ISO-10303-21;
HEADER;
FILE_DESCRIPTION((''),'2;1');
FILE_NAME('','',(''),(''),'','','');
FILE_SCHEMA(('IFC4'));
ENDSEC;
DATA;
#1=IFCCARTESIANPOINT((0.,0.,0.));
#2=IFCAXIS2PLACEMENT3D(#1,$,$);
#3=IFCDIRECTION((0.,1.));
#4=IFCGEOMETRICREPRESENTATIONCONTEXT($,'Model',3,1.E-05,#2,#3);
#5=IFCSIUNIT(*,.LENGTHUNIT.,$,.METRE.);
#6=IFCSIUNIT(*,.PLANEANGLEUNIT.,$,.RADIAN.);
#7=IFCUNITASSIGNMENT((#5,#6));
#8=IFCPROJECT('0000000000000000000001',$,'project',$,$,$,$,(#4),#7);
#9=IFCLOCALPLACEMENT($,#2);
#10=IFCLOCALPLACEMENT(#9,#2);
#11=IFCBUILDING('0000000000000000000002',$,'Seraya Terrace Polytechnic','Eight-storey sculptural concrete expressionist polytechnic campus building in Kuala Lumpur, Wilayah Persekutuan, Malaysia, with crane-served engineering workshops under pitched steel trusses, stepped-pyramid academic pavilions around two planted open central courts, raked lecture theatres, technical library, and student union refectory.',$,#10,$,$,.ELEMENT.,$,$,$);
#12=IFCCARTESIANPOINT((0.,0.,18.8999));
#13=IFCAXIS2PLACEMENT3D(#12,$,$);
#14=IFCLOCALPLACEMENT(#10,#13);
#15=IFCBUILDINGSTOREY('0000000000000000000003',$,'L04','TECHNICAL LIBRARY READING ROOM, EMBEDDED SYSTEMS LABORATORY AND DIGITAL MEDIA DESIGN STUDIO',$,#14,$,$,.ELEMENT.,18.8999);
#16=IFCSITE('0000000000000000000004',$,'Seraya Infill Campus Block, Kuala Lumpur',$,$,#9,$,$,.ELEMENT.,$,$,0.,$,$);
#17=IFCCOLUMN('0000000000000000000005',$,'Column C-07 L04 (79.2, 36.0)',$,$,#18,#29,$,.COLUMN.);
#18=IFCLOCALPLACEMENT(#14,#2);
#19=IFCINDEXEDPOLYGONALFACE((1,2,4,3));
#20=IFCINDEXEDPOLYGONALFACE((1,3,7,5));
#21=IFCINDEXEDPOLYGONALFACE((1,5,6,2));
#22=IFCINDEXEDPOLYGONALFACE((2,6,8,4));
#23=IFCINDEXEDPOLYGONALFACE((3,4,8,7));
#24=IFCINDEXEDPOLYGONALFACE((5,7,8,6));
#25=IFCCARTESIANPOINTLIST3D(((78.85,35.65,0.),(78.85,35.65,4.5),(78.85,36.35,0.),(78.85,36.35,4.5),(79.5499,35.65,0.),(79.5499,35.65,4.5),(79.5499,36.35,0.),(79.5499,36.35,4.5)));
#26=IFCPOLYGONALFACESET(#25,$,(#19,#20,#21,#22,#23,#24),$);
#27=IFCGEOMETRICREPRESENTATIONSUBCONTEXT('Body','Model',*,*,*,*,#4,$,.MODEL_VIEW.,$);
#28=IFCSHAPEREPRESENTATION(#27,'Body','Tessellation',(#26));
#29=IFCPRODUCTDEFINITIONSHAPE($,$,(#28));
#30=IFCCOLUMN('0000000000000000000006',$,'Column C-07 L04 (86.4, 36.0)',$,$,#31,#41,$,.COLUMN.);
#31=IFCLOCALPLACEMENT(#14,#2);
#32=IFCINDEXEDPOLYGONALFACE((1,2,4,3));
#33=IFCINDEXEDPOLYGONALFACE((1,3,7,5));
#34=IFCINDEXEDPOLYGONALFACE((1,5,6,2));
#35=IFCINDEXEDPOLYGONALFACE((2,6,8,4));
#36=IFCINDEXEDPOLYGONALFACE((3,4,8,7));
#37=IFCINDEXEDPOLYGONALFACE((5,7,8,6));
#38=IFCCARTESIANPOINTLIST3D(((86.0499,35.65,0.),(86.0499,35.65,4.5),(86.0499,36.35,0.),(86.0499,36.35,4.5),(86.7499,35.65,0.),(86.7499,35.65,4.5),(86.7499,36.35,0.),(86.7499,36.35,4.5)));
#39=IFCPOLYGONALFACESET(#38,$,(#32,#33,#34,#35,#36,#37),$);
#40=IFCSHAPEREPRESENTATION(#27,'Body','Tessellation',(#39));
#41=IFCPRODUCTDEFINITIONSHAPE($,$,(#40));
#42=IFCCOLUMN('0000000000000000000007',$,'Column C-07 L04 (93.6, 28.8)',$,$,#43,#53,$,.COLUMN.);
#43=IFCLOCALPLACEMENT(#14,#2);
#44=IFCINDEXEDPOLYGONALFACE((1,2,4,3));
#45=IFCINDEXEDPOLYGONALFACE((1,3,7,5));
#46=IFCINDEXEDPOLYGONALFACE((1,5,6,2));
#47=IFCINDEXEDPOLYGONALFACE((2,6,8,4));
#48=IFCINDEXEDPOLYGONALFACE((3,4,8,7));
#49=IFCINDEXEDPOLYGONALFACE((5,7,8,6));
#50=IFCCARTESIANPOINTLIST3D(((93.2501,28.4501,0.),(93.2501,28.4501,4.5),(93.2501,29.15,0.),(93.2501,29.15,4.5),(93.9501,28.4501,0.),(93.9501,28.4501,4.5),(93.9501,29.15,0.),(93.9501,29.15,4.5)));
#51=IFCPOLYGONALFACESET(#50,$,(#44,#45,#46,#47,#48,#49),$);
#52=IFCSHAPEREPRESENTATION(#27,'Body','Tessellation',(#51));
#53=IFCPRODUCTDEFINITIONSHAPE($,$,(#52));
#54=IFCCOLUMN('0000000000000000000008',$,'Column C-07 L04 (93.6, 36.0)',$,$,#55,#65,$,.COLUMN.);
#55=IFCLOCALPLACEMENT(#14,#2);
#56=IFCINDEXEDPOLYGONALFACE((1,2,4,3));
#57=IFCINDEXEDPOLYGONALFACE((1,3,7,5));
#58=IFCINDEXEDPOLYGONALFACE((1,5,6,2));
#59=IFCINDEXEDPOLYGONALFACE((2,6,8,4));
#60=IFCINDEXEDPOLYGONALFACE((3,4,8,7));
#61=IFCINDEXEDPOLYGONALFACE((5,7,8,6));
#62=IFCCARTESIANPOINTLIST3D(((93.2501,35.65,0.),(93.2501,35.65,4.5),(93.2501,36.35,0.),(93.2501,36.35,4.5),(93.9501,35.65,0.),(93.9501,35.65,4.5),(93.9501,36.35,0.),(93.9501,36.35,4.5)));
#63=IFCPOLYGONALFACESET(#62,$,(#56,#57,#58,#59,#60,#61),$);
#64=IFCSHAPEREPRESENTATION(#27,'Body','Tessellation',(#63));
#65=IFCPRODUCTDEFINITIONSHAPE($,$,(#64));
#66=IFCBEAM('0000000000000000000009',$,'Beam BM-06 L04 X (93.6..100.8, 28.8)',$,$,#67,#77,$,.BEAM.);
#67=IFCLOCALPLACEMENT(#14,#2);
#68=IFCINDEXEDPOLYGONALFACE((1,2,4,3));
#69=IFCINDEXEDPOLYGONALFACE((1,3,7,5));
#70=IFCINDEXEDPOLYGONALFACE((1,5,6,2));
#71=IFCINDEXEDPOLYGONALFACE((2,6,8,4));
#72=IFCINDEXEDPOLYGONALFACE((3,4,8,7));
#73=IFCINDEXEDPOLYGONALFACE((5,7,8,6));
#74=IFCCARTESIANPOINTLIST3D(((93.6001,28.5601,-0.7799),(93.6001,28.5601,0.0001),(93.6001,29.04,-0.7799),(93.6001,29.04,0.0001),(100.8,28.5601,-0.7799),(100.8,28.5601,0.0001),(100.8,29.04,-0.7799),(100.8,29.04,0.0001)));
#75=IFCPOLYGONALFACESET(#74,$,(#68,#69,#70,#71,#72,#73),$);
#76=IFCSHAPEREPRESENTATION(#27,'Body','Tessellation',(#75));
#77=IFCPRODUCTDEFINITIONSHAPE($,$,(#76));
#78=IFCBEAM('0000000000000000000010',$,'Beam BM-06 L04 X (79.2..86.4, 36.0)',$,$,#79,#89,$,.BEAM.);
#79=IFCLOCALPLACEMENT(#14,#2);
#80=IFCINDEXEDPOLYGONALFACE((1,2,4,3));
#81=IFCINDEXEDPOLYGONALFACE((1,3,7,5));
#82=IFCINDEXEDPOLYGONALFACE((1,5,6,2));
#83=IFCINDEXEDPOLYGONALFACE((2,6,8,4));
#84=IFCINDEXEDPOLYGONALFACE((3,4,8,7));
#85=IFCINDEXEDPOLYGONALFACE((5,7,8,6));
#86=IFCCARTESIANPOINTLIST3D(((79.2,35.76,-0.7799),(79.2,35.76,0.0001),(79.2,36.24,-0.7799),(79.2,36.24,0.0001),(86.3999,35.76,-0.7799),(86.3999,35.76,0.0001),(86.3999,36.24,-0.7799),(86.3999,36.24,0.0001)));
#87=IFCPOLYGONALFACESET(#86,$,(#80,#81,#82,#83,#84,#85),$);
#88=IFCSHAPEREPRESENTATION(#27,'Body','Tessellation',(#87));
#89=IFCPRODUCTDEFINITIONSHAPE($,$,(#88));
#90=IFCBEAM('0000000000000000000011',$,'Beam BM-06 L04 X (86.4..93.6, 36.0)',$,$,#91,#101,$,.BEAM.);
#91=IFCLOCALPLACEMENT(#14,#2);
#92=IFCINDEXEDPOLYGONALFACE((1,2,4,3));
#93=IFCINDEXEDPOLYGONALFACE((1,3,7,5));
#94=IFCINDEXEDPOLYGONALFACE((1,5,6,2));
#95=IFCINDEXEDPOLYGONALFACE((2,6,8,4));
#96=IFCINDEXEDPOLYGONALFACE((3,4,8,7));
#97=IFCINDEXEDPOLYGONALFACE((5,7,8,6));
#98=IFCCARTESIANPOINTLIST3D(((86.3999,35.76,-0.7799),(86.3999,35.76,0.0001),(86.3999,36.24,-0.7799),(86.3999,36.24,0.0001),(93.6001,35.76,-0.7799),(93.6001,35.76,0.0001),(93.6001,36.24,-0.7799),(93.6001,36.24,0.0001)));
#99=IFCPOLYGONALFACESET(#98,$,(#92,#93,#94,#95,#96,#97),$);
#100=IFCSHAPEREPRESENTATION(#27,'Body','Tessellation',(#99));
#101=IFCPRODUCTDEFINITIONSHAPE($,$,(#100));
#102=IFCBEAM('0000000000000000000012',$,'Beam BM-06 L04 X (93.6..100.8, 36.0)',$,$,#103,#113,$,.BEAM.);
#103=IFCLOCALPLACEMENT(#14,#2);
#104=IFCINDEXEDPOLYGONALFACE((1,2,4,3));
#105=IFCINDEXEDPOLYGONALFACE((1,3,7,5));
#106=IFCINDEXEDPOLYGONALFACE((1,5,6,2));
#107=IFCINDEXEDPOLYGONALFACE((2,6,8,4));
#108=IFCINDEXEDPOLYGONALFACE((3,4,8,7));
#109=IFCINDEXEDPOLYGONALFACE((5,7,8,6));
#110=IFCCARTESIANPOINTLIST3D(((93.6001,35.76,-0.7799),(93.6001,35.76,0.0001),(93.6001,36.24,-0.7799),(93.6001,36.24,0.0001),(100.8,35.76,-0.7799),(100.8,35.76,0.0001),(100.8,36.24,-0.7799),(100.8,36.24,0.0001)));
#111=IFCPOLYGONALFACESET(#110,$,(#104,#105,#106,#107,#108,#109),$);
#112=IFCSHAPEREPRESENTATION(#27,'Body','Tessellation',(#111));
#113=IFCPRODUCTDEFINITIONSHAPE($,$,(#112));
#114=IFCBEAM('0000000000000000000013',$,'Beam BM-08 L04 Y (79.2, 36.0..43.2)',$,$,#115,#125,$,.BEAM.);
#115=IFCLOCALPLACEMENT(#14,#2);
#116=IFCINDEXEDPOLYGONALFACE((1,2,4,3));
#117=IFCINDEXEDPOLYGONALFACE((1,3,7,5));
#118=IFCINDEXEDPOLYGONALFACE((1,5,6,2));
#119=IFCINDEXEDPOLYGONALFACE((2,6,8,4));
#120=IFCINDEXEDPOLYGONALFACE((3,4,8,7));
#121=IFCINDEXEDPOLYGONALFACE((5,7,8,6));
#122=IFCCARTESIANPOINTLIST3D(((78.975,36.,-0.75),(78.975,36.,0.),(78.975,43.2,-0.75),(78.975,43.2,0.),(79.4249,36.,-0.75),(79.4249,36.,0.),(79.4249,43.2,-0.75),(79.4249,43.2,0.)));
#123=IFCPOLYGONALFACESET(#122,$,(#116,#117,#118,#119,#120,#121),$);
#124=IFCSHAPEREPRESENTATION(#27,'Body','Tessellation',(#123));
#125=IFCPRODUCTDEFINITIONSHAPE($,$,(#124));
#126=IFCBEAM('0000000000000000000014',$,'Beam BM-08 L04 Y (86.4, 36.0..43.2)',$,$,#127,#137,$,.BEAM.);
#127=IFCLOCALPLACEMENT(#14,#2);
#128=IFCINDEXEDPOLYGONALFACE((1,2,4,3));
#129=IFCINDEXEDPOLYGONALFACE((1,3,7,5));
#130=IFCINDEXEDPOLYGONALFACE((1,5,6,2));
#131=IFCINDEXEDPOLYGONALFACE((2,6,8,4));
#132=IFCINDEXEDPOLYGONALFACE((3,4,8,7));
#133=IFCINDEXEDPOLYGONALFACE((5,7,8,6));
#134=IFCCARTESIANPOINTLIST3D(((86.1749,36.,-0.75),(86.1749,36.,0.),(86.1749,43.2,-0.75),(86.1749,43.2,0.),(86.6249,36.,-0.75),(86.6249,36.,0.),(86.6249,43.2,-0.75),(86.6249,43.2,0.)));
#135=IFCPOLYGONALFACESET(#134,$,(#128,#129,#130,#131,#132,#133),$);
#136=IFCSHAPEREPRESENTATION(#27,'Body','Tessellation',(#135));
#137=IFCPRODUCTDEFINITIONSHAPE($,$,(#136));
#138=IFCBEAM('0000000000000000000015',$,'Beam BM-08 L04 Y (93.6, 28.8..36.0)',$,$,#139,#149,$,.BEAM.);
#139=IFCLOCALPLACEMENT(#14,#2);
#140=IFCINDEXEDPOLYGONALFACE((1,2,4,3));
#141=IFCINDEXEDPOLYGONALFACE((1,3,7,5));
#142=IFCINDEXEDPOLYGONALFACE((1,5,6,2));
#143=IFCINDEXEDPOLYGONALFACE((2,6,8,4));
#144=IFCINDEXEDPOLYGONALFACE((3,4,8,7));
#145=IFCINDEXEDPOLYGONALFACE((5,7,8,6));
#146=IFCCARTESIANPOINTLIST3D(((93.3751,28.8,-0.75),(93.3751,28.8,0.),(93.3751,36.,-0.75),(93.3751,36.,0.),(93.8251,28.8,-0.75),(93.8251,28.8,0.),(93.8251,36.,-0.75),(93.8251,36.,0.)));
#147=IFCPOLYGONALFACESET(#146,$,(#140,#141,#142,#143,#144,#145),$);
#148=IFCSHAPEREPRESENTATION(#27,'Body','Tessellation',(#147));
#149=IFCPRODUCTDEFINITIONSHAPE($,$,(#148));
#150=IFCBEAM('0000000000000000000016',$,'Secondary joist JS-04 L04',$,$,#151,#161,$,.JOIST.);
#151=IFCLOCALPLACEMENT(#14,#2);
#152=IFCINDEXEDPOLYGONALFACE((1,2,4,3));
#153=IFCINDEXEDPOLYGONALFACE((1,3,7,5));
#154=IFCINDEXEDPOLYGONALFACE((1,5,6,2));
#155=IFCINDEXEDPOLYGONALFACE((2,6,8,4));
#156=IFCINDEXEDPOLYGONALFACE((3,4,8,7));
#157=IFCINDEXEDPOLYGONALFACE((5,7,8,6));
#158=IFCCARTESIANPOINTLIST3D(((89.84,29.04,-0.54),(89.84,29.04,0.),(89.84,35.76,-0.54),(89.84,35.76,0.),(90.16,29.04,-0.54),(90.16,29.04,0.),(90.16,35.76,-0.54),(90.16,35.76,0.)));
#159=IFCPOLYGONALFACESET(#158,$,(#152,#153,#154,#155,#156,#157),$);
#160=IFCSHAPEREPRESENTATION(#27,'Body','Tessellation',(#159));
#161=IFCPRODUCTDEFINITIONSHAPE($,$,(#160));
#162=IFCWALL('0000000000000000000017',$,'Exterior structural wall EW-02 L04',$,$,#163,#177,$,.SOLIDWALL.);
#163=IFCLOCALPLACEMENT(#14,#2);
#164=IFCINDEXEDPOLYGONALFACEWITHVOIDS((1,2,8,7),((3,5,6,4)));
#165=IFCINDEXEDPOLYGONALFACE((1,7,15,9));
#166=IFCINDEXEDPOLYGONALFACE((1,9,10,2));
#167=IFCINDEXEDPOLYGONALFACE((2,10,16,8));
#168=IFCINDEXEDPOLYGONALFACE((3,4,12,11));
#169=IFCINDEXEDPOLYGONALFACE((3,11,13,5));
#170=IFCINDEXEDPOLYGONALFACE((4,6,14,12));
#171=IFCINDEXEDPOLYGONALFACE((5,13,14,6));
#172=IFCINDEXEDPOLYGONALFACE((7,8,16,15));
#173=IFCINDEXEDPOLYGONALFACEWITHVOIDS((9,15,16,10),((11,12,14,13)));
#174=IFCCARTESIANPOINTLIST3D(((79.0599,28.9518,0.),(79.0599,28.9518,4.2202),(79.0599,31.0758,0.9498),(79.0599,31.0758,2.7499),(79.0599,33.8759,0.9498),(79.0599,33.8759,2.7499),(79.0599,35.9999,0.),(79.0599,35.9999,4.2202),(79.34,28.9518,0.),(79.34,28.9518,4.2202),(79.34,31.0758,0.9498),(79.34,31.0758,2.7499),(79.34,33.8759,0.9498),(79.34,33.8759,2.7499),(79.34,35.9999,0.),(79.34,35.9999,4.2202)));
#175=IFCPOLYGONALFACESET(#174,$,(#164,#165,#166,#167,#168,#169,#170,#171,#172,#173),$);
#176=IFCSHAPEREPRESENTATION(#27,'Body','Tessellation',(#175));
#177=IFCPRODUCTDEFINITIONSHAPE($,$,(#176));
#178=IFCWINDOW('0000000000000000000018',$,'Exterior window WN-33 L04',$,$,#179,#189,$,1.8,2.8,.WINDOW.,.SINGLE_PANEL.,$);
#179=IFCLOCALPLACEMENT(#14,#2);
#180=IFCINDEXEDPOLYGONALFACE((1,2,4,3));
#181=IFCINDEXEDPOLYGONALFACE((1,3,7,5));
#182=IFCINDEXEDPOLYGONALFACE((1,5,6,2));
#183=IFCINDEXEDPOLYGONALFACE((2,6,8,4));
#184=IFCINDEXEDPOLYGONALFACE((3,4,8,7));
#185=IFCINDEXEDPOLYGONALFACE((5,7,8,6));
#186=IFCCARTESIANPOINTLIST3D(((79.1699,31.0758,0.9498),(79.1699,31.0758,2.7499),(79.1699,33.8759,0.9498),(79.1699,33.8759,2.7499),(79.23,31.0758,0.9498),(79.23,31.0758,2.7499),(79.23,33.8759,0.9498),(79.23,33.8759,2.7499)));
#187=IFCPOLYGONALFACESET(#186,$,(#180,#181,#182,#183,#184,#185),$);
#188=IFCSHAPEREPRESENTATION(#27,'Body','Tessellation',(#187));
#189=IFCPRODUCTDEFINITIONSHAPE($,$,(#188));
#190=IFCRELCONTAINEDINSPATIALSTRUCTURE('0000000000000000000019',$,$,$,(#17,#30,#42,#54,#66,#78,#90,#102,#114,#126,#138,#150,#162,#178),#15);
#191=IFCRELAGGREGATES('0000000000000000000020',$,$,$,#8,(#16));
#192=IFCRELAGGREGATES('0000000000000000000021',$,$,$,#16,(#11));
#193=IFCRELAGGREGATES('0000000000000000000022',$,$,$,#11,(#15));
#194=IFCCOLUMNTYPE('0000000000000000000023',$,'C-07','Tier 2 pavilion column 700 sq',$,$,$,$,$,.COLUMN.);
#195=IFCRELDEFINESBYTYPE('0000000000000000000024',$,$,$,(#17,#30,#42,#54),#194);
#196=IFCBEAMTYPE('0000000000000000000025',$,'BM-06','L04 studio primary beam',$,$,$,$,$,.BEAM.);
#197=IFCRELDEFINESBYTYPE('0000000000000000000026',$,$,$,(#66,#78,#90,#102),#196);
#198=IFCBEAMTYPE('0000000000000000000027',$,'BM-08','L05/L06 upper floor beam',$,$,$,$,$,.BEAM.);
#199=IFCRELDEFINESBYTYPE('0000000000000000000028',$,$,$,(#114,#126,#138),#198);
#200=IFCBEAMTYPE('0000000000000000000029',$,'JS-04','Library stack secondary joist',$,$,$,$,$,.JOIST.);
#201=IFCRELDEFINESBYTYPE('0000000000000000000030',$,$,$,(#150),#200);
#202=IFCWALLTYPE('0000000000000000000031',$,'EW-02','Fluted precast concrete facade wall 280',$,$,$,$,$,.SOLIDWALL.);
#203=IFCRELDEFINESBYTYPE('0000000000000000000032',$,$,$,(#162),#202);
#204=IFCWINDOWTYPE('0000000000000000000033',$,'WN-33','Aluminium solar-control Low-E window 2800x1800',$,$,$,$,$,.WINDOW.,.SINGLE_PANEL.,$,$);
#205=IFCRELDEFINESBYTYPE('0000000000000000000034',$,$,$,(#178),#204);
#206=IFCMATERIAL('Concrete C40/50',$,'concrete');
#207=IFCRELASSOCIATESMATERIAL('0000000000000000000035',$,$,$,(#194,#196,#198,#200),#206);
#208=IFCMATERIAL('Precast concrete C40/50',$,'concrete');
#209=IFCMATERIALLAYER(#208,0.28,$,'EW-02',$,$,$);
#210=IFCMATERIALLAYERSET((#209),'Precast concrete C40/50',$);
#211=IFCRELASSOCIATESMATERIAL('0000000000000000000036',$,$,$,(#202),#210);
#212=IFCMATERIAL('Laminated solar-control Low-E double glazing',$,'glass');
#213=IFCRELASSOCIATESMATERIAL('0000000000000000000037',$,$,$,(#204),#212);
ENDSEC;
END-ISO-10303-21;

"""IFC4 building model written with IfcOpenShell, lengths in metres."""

from ifc_helpers import new_model, si_unit, direction, frame, frame_2d, origin, origin_2d, place, context, subcontext, project, spatial, rectangle, extrude, material, layer, layer_set, material_profile, profile_set, type_object, element, fill, save


model = new_model("IFC4")

# Units and contexts
model_context = context("Model", 3, precision=1e-05, world=origin(), true_north=direction((0.0, 1.0)))
body_context = subcontext(model_context, "Body", "Model", "MODEL_VIEW")
ifc_project = project(units=[si_unit("LENGTHUNIT", "METRE"), si_unit("PLANEANGLEUNIT", "RADIAN")], contexts=[model_context])

# Site, building, storey
site_placement = place(None, origin())
site = spatial("IfcSite", under=ifc_project, at=site_placement, Name="Seraya Infill Campus Block, Kuala Lumpur", CompositionType="ELEMENT", RefElevation=0.0)
building_placement = place(site_placement, origin())
building = spatial("IfcBuilding", under=site, at=building_placement, Name="Seraya Terrace Polytechnic", Description="Eight-storey sculptural concrete expressionist polytechnic campus building in Kuala Lumpur, Wilayah Persekutuan, Malaysia, with crane-served engineering workshops under pitched steel trusses, stepped-pyramid academic pavilions around two planted open central courts, raked lecture theatres, technical library, and student union refectory.", CompositionType="ELEMENT")
storey_placement = place(building_placement, frame((0.0, 0.0, 18.8999)))
storey = spatial("IfcBuildingStorey", under=building, at=storey_placement, Name="L04", Description="TECHNICAL LIBRARY READING ROOM, EMBEDDED SYSTEMS LABORATORY AND DIGITAL MEDIA DESIGN STUDIO", CompositionType="ELEMENT", Elevation=18.8999)

# Columns
ifc_material_1 = material(Name="Concrete C40/50", Category="concrete")
ifc_material_profile_1 = material_profile(ifc_material_1, rectangle(XDim=0.7, YDim=0.7, at=origin_2d()), Name="RC 700x700")
ifc_profile_set_1 = profile_set([ifc_material_profile_1], Name="Concrete C40/50")
column_type = type_object("IfcColumnType", Name="C-07", Description="Tier 2 pavilion column 700 sq", PredefinedType="COLUMN", material=ifc_profile_set_1)
for number, where, z_axis, x_axis, name in (
    (1, (79.2, 36.0, 0.0), (0.0, 0.0, 1.0), (1.0, 0.0, 0.0), "Column C-07 L04 (79.2, 36.0)"),
    (2, (86.3999, 36.0, 0.0), (0.0, 0.0, 1.0), (1.0, 0.0, 0.0), "Column C-07 L04 (86.4, 36.0)"),
    (3, (93.6001, 28.8, 0.0), (0.0, 0.0, 1.0), (1.0, 0.0, 0.0), "Column C-07 L04 (93.6, 28.8)"),
    (4, (93.6001, 36.0, 0.0), (0.0, 0.0, 1.0), (1.0, 0.0, 0.0), "Column C-07 L04 (93.6, 36.0)"),
):
    element("IfcColumn", number, at=place(storey_placement, frame(where, z_axis=z_axis, x_axis=x_axis)), inside=storey, type_object=column_type, Name=name, PredefinedType="COLUMN", context=body_context, shape_type="SweptSolid", body=[
        extrude(rectangle(XDim=0.7, YDim=0.7, at=origin_2d()), origin(), (0.0, 0.0, 1.0), 4.5),
    ])

# Beams
ifc_material_profile_2 = material_profile(ifc_material_1, rectangle(XDim=0.48, YDim=0.78, at=origin_2d()), Name="RC 480x780")
ifc_profile_set_2 = profile_set([ifc_material_profile_2], Name="Concrete C40/50")
beam_type_1 = type_object("IfcBeamType", Name="BM-06", Description="L04 studio primary beam", PredefinedType="BEAM", material=ifc_profile_set_2)
for number, where, z_axis, x_axis, name in (
    (5, (93.6001, 28.8, -0.3899), (1.0, 0.0, 0.0), (0.0, 1.0, 0.0), "Beam BM-06 L04 X (93.6..100.8, 28.8)"),
    (6, (79.2, 36.0, -0.3899), (1.0, 0.0, 0.0), (0.0, 1.0, 0.0), "Beam BM-06 L04 X (79.2..86.4, 36.0)"),
):
    element("IfcBeam", number, at=place(storey_placement, frame(where, z_axis=z_axis, x_axis=x_axis)), inside=storey, type_object=beam_type_1, Name=name, PredefinedType="BEAM", context=body_context, shape_type="SweptSolid", body=[
        extrude(rectangle(XDim=0.48, YDim=0.78, at=origin_2d()), origin(), (0.0, 0.0, 1.0), 7.2),
    ])
beam_1_placement = place(storey_placement, frame((86.3999, 36.0, -0.3899), z_axis=(1.0, 0.0, 0.0), x_axis=(0.0, 1.0, 0.0)))
element("IfcBeam", 7, at=beam_1_placement, inside=storey, type_object=beam_type_1, Name="Beam BM-06 L04 X (86.4..93.6, 36.0)", PredefinedType="BEAM", context=body_context, shape_type="SweptSolid", body=[
    extrude(rectangle(XDim=0.48, YDim=0.78, at=origin_2d()), origin(), (0.0, 0.0, 1.0), 7.2002),
])
beam_2_placement = place(storey_placement, frame((93.6001, 36.0, -0.3899), z_axis=(1.0, 0.0, 0.0), x_axis=(0.0, 1.0, 0.0)))
element("IfcBeam", 8, at=beam_2_placement, inside=storey, type_object=beam_type_1, Name="Beam BM-06 L04 X (93.6..100.8, 36.0)", PredefinedType="BEAM", context=body_context, shape_type="SweptSolid", body=[
    extrude(rectangle(XDim=0.48, YDim=0.78, at=origin_2d()), origin(), (0.0, 0.0, 1.0), 7.2),
])
ifc_material_profile_3 = material_profile(ifc_material_1, rectangle(XDim=0.45, YDim=0.75, at=origin_2d()), Name="RC 450x750")
ifc_profile_set_3 = profile_set([ifc_material_profile_3], Name="Concrete C40/50")
beam_type_2 = type_object("IfcBeamType", Name="BM-08", Description="L05/L06 upper floor beam", PredefinedType="BEAM", material=ifc_profile_set_3)
for number, where, z_axis, x_axis, name in (
    (9, (79.2, 36.0, -0.375), (0.0, 1.0, 0.0), (-1.0, 0.0, 0.0), "Beam BM-08 L04 Y (79.2, 36.0..43.2)"),
    (10, (86.3999, 36.0, -0.375), (0.0, 1.0, 0.0), (-1.0, 0.0, 0.0), "Beam BM-08 L04 Y (86.4, 36.0..43.2)"),
    (11, (93.6001, 28.8, -0.375), (0.0, 1.0, 0.0), (-1.0, 0.0, 0.0), "Beam BM-08 L04 Y (93.6, 28.8..36.0)"),
):
    element("IfcBeam", number, at=place(storey_placement, frame(where, z_axis=z_axis, x_axis=x_axis)), inside=storey, type_object=beam_type_2, Name=name, PredefinedType="BEAM", context=body_context, shape_type="SweptSolid", body=[
        extrude(rectangle(XDim=0.45, YDim=0.75, at=origin_2d()), origin(), (0.0, 0.0, 1.0), 7.2),
    ])
ifc_material_profile_4 = material_profile(ifc_material_1, rectangle(XDim=0.3201, YDim=0.54, at=origin_2d()), Name="RC 320x540")
ifc_profile_set_4 = profile_set([ifc_material_profile_4], Name="Concrete C40/50")
beam_type_3 = type_object("IfcBeamType", Name="JS-04", Description="Library stack secondary joist", PredefinedType="JOIST", material=ifc_profile_set_4)
beam_3_placement = place(storey_placement, frame((90.0, 29.04, -0.27), z_axis=(0.0, 1.0, 0.0), x_axis=(-1.0, 0.0, 0.0)))
element("IfcBeam", 12, at=beam_3_placement, inside=storey, type_object=beam_type_3, Name="Secondary joist JS-04 L04", PredefinedType="JOIST", context=body_context, shape_type="SweptSolid", body=[
    extrude(rectangle(XDim=0.3201, YDim=0.54, at=origin_2d()), origin(), (0.0, 0.0, 1.0), 6.72),
])

# Wall, opening, window
ifc_material_2 = material(Name="Precast concrete C40/50", Category="concrete")
ifc_layer_1 = layer(ifc_material_2, 0.28, Name="EW-02")
ifc_layer_set_1 = layer_set([ifc_layer_1], Name="Precast concrete C40/50")
wall_type_1 = type_object("IfcWallType", Name="EW-02", Description="Fluted precast concrete facade wall 280", PredefinedType="SOLIDWALL", material=ifc_layer_set_1)
wall_1_placement = place(storey_placement, frame((79.2, 28.9519, 0.0), z_axis=(0.0, 0.0, 1.0), x_axis=(0.0, 1.0, 0.0)))
wall_1 = element("IfcWall", 13, at=wall_1_placement, inside=storey, type_object=wall_type_1, Name="Exterior structural wall EW-02 L04", PredefinedType="SOLIDWALL", context=body_context, shape_type="SweptSolid", body=[
    extrude(rectangle(XDim=7.0481, YDim=0.28, at=frame_2d((3.5239, 0.0))), origin(), (0.0, 0.0, 1.0), 4.2202),
])
opening_1_placement = place(wall_1_placement, frame((2.124, 0.0, 0.95)))
opening_1 = element("IfcOpeningElement", 14, at=opening_1_placement, cuts=wall_1, PredefinedType="OPENING", context=body_context, shape_type="SweptSolid", body=[
    extrude(rectangle(XDim=2.8, YDim=1.8, at=frame_2d((1.3999, 0.8999))), frame((0.0, 0.1519, 0.0), z_axis=(0.0, -1.0, 0.0), x_axis=(1.0, 0.0, 0.0)), (0.0, 0.0, 1.0), 0.304),
])
ifc_material_3 = material(Name="Laminated solar-control Low-E double glazing", Category="glass")
window_type_1 = type_object("IfcWindowType", Name="WN-33", Description="Aluminium solar-control Low-E window 2800x1800", PartitioningType="SINGLE_PANEL", PredefinedType="WINDOW", material=ifc_material_3)
window_1_placement = place(opening_1_placement, origin())
window_1 = element("IfcWindow", 15, at=window_1_placement, inside=storey, type_object=window_type_1, Name="Exterior window WN-33 L04", OverallHeight=1.8, OverallWidth=2.8, PartitioningType="SINGLE_PANEL", PredefinedType="WINDOW", context=body_context, shape_type="SweptSolid", body=[
    extrude(rectangle(XDim=2.8, YDim=1.8, at=frame_2d((1.3999, 0.8999))), frame((0.0, 0.03, 0.0), z_axis=(0.0, -1.0, 0.0), x_axis=(1.0, 0.0, 0.0)), (0.0, 0.0, 1.0), 0.0601),
])
fill(opening_1, window_1)

save(model, "model.ifc")
